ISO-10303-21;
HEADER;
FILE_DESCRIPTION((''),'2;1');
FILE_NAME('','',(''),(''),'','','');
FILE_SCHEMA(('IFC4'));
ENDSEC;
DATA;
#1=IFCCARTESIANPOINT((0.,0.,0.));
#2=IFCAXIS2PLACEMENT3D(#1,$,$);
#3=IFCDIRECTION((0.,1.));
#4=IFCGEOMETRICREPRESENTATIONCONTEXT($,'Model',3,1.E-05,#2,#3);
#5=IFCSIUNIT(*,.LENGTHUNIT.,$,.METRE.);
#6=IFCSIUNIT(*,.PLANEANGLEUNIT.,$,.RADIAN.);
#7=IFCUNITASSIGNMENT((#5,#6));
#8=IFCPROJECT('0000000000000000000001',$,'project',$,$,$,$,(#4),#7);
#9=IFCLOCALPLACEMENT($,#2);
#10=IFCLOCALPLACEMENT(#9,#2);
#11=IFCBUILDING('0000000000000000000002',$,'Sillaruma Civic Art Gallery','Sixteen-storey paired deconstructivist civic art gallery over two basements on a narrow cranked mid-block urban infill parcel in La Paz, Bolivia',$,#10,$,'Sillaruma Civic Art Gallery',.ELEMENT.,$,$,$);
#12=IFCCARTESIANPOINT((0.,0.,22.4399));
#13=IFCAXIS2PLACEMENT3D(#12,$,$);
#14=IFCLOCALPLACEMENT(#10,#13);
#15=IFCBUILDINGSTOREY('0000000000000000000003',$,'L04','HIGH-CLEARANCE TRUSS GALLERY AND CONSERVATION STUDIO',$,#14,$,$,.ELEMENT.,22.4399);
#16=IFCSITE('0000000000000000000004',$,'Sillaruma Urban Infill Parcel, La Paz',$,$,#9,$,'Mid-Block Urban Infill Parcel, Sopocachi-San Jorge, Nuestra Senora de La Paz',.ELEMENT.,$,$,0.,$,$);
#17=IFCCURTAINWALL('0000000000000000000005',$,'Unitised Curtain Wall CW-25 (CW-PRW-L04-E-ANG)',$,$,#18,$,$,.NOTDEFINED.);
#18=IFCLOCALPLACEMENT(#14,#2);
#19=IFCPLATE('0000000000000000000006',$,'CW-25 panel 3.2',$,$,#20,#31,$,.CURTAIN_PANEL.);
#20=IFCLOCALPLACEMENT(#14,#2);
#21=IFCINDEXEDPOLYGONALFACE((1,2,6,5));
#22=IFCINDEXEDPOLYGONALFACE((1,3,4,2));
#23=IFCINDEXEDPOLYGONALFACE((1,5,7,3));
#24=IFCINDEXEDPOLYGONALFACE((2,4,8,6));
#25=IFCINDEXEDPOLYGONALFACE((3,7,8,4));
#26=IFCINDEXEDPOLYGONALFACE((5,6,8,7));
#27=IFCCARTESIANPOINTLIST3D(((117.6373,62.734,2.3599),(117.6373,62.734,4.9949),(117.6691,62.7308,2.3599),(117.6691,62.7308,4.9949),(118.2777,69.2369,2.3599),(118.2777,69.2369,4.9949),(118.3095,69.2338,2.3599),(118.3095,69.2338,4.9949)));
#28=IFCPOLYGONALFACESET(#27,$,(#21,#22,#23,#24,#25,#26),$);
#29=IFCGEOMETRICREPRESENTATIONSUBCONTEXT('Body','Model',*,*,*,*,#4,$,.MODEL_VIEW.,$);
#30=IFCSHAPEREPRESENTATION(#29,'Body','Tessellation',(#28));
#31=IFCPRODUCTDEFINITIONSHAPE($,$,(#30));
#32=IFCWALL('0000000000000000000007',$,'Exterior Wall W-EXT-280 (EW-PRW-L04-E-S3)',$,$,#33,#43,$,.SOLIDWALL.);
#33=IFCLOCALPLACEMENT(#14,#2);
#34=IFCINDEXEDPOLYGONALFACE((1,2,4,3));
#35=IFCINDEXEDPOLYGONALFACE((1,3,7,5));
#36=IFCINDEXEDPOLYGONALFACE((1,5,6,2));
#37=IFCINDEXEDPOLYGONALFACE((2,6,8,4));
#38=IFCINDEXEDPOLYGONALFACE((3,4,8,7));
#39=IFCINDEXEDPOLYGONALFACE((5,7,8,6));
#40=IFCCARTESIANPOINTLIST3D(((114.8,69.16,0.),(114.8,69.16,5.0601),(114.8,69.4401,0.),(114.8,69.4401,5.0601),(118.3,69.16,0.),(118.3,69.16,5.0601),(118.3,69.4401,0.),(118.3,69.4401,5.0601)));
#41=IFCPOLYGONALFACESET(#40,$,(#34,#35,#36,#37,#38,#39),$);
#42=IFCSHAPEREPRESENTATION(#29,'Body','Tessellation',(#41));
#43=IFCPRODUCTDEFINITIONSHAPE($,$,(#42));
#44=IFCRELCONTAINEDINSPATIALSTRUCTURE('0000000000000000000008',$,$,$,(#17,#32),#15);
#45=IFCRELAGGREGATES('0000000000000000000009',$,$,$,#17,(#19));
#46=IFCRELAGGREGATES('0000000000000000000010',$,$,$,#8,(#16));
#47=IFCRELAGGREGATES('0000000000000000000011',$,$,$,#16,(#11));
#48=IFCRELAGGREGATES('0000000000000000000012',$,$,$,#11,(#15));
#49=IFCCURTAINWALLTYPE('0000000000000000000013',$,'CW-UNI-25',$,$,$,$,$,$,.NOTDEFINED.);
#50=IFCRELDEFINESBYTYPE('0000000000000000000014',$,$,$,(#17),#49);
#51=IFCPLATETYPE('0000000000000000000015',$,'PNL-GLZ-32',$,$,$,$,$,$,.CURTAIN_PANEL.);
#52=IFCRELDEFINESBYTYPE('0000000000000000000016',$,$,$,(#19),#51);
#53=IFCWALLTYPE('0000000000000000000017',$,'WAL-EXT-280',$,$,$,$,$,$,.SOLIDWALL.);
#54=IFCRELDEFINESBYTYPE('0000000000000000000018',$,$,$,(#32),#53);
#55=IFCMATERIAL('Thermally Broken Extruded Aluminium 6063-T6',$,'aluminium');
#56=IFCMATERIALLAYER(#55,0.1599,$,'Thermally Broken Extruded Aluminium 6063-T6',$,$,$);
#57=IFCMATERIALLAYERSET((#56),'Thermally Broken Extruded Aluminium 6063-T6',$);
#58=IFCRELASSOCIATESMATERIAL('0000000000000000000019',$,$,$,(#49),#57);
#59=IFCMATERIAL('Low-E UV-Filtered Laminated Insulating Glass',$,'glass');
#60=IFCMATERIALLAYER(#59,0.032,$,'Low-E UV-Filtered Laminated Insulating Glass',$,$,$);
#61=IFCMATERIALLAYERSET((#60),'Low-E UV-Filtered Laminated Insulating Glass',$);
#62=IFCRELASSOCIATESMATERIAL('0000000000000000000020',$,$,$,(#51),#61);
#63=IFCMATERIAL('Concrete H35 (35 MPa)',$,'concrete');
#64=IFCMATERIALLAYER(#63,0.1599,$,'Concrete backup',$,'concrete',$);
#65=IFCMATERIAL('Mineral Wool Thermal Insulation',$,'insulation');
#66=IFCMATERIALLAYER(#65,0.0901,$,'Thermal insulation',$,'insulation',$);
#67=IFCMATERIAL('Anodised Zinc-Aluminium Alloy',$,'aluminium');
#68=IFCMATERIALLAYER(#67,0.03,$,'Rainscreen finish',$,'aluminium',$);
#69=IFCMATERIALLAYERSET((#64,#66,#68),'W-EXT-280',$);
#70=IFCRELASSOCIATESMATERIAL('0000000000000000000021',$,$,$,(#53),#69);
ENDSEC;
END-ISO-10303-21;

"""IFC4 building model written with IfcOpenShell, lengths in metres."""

from ifc_helpers import new_model, si_unit, direction, frame, frame_2d, origin, origin_2d, place, context, subcontext, project, spatial, rectangle, extrude, material, layer, layer_set, type_object, element, aggregate, save


model = new_model("IFC4")

# Units and contexts
model_context = context("Model", 3, precision=1e-05, world=origin(), true_north=direction((0.0, 1.0)))
body_context = subcontext(model_context, "Body", "Model", "MODEL_VIEW")
ifc_project = project(units=[si_unit("LENGTHUNIT", "METRE"), si_unit("PLANEANGLEUNIT", "RADIAN")], contexts=[model_context])

# Site, building, storey
site_placement = place(None, origin())
site = spatial("IfcSite", under=ifc_project, at=site_placement, Name="Sillaruma Urban Infill Parcel, La Paz", LongName="Mid-Block Urban Infill Parcel, Sopocachi-San Jorge, Nuestra Senora de La Paz", CompositionType="ELEMENT", RefElevation=0.0)
building_placement = place(site_placement, origin())
building = spatial("IfcBuilding", under=site, at=building_placement, Name="Sillaruma Civic Art Gallery", Description="Sixteen-storey paired deconstructivist civic art gallery over two basements on a narrow cranked mid-block urban infill parcel in La Paz, Bolivia", LongName="Sillaruma Civic Art Gallery", CompositionType="ELEMENT")
storey_placement = place(building_placement, frame((0.0, 0.0, 22.4399)))
storey = spatial("IfcBuildingStorey", under=building, at=storey_placement, Name="L04", Description="HIGH-CLEARANCE TRUSS GALLERY AND CONSERVATION STUDIO", CompositionType="ELEMENT", Elevation=22.4399)

# Shared definitions
ifc_material_1 = material(Name="Concrete H35 (35 MPa)", Category="concrete")

# Curtain wall
ifc_material_2 = material(Name="Thermally Broken Extruded Aluminium 6063-T6", Category="aluminium")
ifc_layer_1 = layer(ifc_material_2, 0.1599, Name="Thermally Broken Extruded Aluminium 6063-T6")
ifc_layer_set_1 = layer_set([ifc_layer_1], Name="Thermally Broken Extruded Aluminium 6063-T6")
curtain_wall_type_1 = type_object("IfcCurtainWallType", Name="CW-UNI-25", PredefinedType="NOTDEFINED", material=ifc_layer_set_1)
curtain_wall_1_placement = place(storey_placement, origin())
curtain_wall_1 = element("IfcCurtainWall", 1, at=curtain_wall_1_placement, inside=storey, type_object=curtain_wall_type_1, Name="Unitised Curtain Wall CW-25 (CW-PRW-L04-E-ANG)", PredefinedType="NOTDEFINED")

# Shared definitions
ifc_material_3 = material(Name="Anodised Zinc-Aluminium Alloy", Category="aluminium")

# Plate
ifc_material_4 = material(Name="Low-E UV-Filtered Laminated Insulating Glass", Category="glass")
ifc_layer_2 = layer(ifc_material_4, 0.032, Name="Low-E UV-Filtered Laminated Insulating Glass")
ifc_layer_set_2 = layer_set([ifc_layer_2], Name="Low-E UV-Filtered Laminated Insulating Glass")
plate_type_1 = type_object("IfcPlateType", Name="PNL-GLZ-32", PredefinedType="CURTAIN_PANEL", material=ifc_layer_set_2)
plate_1_placement = place(storey_placement, frame((117.9734, 65.9839, 2.3599), z_axis=(0.0, 0.0, 1.0), x_axis=(0.098011, 0.995185, 0.0)))
plate_1 = element("IfcPlate", 2, at=plate_1_placement, type_object=plate_type_1, Name="CW-25 panel 3.2", PredefinedType="CURTAIN_PANEL", context=body_context, shape_type="SweptSolid", body=[
    extrude(rectangle(XDim=6.5344, YDim=0.032, at=origin_2d()), origin(), (0.0, 0.0, 1.0), 2.635),
])
aggregate(curtain_wall_1, [plate_1])

# Wall
ifc_layer_3 = layer(ifc_material_1, 0.1599, Name="Concrete backup", Category="concrete")
ifc_material_5 = material(Name="Mineral Wool Thermal Insulation", Category="insulation")
ifc_layer_4 = layer(ifc_material_5, 0.0901, Name="Thermal insulation", Category="insulation")
ifc_layer_5 = layer(ifc_material_3, 0.03, Name="Rainscreen finish", Category="aluminium")
ifc_layer_set_3 = layer_set([ifc_layer_3, ifc_layer_4, ifc_layer_5], Name="W-EXT-280")
wall_type = type_object("IfcWallType", Name="WAL-EXT-280", PredefinedType="SOLIDWALL", material=ifc_layer_set_3)
wall_placement = place(storey_placement, frame((118.3, 69.3, 0.0), z_axis=(0.0, 0.0, 1.0), x_axis=(-1.0, 0.0, 0.0)))
element("IfcWall", 3, at=wall_placement, inside=storey, type_object=wall_type, Name="Exterior Wall W-EXT-280 (EW-PRW-L04-E-S3)", PredefinedType="SOLIDWALL", context=body_context, shape_type="SweptSolid", body=[
    extrude(rectangle(XDim=3.5, YDim=0.28, at=frame_2d((1.75, 0.0))), origin(), (0.0, 0.0, 1.0), 5.0601),
])

save(model, "model.ifc")
